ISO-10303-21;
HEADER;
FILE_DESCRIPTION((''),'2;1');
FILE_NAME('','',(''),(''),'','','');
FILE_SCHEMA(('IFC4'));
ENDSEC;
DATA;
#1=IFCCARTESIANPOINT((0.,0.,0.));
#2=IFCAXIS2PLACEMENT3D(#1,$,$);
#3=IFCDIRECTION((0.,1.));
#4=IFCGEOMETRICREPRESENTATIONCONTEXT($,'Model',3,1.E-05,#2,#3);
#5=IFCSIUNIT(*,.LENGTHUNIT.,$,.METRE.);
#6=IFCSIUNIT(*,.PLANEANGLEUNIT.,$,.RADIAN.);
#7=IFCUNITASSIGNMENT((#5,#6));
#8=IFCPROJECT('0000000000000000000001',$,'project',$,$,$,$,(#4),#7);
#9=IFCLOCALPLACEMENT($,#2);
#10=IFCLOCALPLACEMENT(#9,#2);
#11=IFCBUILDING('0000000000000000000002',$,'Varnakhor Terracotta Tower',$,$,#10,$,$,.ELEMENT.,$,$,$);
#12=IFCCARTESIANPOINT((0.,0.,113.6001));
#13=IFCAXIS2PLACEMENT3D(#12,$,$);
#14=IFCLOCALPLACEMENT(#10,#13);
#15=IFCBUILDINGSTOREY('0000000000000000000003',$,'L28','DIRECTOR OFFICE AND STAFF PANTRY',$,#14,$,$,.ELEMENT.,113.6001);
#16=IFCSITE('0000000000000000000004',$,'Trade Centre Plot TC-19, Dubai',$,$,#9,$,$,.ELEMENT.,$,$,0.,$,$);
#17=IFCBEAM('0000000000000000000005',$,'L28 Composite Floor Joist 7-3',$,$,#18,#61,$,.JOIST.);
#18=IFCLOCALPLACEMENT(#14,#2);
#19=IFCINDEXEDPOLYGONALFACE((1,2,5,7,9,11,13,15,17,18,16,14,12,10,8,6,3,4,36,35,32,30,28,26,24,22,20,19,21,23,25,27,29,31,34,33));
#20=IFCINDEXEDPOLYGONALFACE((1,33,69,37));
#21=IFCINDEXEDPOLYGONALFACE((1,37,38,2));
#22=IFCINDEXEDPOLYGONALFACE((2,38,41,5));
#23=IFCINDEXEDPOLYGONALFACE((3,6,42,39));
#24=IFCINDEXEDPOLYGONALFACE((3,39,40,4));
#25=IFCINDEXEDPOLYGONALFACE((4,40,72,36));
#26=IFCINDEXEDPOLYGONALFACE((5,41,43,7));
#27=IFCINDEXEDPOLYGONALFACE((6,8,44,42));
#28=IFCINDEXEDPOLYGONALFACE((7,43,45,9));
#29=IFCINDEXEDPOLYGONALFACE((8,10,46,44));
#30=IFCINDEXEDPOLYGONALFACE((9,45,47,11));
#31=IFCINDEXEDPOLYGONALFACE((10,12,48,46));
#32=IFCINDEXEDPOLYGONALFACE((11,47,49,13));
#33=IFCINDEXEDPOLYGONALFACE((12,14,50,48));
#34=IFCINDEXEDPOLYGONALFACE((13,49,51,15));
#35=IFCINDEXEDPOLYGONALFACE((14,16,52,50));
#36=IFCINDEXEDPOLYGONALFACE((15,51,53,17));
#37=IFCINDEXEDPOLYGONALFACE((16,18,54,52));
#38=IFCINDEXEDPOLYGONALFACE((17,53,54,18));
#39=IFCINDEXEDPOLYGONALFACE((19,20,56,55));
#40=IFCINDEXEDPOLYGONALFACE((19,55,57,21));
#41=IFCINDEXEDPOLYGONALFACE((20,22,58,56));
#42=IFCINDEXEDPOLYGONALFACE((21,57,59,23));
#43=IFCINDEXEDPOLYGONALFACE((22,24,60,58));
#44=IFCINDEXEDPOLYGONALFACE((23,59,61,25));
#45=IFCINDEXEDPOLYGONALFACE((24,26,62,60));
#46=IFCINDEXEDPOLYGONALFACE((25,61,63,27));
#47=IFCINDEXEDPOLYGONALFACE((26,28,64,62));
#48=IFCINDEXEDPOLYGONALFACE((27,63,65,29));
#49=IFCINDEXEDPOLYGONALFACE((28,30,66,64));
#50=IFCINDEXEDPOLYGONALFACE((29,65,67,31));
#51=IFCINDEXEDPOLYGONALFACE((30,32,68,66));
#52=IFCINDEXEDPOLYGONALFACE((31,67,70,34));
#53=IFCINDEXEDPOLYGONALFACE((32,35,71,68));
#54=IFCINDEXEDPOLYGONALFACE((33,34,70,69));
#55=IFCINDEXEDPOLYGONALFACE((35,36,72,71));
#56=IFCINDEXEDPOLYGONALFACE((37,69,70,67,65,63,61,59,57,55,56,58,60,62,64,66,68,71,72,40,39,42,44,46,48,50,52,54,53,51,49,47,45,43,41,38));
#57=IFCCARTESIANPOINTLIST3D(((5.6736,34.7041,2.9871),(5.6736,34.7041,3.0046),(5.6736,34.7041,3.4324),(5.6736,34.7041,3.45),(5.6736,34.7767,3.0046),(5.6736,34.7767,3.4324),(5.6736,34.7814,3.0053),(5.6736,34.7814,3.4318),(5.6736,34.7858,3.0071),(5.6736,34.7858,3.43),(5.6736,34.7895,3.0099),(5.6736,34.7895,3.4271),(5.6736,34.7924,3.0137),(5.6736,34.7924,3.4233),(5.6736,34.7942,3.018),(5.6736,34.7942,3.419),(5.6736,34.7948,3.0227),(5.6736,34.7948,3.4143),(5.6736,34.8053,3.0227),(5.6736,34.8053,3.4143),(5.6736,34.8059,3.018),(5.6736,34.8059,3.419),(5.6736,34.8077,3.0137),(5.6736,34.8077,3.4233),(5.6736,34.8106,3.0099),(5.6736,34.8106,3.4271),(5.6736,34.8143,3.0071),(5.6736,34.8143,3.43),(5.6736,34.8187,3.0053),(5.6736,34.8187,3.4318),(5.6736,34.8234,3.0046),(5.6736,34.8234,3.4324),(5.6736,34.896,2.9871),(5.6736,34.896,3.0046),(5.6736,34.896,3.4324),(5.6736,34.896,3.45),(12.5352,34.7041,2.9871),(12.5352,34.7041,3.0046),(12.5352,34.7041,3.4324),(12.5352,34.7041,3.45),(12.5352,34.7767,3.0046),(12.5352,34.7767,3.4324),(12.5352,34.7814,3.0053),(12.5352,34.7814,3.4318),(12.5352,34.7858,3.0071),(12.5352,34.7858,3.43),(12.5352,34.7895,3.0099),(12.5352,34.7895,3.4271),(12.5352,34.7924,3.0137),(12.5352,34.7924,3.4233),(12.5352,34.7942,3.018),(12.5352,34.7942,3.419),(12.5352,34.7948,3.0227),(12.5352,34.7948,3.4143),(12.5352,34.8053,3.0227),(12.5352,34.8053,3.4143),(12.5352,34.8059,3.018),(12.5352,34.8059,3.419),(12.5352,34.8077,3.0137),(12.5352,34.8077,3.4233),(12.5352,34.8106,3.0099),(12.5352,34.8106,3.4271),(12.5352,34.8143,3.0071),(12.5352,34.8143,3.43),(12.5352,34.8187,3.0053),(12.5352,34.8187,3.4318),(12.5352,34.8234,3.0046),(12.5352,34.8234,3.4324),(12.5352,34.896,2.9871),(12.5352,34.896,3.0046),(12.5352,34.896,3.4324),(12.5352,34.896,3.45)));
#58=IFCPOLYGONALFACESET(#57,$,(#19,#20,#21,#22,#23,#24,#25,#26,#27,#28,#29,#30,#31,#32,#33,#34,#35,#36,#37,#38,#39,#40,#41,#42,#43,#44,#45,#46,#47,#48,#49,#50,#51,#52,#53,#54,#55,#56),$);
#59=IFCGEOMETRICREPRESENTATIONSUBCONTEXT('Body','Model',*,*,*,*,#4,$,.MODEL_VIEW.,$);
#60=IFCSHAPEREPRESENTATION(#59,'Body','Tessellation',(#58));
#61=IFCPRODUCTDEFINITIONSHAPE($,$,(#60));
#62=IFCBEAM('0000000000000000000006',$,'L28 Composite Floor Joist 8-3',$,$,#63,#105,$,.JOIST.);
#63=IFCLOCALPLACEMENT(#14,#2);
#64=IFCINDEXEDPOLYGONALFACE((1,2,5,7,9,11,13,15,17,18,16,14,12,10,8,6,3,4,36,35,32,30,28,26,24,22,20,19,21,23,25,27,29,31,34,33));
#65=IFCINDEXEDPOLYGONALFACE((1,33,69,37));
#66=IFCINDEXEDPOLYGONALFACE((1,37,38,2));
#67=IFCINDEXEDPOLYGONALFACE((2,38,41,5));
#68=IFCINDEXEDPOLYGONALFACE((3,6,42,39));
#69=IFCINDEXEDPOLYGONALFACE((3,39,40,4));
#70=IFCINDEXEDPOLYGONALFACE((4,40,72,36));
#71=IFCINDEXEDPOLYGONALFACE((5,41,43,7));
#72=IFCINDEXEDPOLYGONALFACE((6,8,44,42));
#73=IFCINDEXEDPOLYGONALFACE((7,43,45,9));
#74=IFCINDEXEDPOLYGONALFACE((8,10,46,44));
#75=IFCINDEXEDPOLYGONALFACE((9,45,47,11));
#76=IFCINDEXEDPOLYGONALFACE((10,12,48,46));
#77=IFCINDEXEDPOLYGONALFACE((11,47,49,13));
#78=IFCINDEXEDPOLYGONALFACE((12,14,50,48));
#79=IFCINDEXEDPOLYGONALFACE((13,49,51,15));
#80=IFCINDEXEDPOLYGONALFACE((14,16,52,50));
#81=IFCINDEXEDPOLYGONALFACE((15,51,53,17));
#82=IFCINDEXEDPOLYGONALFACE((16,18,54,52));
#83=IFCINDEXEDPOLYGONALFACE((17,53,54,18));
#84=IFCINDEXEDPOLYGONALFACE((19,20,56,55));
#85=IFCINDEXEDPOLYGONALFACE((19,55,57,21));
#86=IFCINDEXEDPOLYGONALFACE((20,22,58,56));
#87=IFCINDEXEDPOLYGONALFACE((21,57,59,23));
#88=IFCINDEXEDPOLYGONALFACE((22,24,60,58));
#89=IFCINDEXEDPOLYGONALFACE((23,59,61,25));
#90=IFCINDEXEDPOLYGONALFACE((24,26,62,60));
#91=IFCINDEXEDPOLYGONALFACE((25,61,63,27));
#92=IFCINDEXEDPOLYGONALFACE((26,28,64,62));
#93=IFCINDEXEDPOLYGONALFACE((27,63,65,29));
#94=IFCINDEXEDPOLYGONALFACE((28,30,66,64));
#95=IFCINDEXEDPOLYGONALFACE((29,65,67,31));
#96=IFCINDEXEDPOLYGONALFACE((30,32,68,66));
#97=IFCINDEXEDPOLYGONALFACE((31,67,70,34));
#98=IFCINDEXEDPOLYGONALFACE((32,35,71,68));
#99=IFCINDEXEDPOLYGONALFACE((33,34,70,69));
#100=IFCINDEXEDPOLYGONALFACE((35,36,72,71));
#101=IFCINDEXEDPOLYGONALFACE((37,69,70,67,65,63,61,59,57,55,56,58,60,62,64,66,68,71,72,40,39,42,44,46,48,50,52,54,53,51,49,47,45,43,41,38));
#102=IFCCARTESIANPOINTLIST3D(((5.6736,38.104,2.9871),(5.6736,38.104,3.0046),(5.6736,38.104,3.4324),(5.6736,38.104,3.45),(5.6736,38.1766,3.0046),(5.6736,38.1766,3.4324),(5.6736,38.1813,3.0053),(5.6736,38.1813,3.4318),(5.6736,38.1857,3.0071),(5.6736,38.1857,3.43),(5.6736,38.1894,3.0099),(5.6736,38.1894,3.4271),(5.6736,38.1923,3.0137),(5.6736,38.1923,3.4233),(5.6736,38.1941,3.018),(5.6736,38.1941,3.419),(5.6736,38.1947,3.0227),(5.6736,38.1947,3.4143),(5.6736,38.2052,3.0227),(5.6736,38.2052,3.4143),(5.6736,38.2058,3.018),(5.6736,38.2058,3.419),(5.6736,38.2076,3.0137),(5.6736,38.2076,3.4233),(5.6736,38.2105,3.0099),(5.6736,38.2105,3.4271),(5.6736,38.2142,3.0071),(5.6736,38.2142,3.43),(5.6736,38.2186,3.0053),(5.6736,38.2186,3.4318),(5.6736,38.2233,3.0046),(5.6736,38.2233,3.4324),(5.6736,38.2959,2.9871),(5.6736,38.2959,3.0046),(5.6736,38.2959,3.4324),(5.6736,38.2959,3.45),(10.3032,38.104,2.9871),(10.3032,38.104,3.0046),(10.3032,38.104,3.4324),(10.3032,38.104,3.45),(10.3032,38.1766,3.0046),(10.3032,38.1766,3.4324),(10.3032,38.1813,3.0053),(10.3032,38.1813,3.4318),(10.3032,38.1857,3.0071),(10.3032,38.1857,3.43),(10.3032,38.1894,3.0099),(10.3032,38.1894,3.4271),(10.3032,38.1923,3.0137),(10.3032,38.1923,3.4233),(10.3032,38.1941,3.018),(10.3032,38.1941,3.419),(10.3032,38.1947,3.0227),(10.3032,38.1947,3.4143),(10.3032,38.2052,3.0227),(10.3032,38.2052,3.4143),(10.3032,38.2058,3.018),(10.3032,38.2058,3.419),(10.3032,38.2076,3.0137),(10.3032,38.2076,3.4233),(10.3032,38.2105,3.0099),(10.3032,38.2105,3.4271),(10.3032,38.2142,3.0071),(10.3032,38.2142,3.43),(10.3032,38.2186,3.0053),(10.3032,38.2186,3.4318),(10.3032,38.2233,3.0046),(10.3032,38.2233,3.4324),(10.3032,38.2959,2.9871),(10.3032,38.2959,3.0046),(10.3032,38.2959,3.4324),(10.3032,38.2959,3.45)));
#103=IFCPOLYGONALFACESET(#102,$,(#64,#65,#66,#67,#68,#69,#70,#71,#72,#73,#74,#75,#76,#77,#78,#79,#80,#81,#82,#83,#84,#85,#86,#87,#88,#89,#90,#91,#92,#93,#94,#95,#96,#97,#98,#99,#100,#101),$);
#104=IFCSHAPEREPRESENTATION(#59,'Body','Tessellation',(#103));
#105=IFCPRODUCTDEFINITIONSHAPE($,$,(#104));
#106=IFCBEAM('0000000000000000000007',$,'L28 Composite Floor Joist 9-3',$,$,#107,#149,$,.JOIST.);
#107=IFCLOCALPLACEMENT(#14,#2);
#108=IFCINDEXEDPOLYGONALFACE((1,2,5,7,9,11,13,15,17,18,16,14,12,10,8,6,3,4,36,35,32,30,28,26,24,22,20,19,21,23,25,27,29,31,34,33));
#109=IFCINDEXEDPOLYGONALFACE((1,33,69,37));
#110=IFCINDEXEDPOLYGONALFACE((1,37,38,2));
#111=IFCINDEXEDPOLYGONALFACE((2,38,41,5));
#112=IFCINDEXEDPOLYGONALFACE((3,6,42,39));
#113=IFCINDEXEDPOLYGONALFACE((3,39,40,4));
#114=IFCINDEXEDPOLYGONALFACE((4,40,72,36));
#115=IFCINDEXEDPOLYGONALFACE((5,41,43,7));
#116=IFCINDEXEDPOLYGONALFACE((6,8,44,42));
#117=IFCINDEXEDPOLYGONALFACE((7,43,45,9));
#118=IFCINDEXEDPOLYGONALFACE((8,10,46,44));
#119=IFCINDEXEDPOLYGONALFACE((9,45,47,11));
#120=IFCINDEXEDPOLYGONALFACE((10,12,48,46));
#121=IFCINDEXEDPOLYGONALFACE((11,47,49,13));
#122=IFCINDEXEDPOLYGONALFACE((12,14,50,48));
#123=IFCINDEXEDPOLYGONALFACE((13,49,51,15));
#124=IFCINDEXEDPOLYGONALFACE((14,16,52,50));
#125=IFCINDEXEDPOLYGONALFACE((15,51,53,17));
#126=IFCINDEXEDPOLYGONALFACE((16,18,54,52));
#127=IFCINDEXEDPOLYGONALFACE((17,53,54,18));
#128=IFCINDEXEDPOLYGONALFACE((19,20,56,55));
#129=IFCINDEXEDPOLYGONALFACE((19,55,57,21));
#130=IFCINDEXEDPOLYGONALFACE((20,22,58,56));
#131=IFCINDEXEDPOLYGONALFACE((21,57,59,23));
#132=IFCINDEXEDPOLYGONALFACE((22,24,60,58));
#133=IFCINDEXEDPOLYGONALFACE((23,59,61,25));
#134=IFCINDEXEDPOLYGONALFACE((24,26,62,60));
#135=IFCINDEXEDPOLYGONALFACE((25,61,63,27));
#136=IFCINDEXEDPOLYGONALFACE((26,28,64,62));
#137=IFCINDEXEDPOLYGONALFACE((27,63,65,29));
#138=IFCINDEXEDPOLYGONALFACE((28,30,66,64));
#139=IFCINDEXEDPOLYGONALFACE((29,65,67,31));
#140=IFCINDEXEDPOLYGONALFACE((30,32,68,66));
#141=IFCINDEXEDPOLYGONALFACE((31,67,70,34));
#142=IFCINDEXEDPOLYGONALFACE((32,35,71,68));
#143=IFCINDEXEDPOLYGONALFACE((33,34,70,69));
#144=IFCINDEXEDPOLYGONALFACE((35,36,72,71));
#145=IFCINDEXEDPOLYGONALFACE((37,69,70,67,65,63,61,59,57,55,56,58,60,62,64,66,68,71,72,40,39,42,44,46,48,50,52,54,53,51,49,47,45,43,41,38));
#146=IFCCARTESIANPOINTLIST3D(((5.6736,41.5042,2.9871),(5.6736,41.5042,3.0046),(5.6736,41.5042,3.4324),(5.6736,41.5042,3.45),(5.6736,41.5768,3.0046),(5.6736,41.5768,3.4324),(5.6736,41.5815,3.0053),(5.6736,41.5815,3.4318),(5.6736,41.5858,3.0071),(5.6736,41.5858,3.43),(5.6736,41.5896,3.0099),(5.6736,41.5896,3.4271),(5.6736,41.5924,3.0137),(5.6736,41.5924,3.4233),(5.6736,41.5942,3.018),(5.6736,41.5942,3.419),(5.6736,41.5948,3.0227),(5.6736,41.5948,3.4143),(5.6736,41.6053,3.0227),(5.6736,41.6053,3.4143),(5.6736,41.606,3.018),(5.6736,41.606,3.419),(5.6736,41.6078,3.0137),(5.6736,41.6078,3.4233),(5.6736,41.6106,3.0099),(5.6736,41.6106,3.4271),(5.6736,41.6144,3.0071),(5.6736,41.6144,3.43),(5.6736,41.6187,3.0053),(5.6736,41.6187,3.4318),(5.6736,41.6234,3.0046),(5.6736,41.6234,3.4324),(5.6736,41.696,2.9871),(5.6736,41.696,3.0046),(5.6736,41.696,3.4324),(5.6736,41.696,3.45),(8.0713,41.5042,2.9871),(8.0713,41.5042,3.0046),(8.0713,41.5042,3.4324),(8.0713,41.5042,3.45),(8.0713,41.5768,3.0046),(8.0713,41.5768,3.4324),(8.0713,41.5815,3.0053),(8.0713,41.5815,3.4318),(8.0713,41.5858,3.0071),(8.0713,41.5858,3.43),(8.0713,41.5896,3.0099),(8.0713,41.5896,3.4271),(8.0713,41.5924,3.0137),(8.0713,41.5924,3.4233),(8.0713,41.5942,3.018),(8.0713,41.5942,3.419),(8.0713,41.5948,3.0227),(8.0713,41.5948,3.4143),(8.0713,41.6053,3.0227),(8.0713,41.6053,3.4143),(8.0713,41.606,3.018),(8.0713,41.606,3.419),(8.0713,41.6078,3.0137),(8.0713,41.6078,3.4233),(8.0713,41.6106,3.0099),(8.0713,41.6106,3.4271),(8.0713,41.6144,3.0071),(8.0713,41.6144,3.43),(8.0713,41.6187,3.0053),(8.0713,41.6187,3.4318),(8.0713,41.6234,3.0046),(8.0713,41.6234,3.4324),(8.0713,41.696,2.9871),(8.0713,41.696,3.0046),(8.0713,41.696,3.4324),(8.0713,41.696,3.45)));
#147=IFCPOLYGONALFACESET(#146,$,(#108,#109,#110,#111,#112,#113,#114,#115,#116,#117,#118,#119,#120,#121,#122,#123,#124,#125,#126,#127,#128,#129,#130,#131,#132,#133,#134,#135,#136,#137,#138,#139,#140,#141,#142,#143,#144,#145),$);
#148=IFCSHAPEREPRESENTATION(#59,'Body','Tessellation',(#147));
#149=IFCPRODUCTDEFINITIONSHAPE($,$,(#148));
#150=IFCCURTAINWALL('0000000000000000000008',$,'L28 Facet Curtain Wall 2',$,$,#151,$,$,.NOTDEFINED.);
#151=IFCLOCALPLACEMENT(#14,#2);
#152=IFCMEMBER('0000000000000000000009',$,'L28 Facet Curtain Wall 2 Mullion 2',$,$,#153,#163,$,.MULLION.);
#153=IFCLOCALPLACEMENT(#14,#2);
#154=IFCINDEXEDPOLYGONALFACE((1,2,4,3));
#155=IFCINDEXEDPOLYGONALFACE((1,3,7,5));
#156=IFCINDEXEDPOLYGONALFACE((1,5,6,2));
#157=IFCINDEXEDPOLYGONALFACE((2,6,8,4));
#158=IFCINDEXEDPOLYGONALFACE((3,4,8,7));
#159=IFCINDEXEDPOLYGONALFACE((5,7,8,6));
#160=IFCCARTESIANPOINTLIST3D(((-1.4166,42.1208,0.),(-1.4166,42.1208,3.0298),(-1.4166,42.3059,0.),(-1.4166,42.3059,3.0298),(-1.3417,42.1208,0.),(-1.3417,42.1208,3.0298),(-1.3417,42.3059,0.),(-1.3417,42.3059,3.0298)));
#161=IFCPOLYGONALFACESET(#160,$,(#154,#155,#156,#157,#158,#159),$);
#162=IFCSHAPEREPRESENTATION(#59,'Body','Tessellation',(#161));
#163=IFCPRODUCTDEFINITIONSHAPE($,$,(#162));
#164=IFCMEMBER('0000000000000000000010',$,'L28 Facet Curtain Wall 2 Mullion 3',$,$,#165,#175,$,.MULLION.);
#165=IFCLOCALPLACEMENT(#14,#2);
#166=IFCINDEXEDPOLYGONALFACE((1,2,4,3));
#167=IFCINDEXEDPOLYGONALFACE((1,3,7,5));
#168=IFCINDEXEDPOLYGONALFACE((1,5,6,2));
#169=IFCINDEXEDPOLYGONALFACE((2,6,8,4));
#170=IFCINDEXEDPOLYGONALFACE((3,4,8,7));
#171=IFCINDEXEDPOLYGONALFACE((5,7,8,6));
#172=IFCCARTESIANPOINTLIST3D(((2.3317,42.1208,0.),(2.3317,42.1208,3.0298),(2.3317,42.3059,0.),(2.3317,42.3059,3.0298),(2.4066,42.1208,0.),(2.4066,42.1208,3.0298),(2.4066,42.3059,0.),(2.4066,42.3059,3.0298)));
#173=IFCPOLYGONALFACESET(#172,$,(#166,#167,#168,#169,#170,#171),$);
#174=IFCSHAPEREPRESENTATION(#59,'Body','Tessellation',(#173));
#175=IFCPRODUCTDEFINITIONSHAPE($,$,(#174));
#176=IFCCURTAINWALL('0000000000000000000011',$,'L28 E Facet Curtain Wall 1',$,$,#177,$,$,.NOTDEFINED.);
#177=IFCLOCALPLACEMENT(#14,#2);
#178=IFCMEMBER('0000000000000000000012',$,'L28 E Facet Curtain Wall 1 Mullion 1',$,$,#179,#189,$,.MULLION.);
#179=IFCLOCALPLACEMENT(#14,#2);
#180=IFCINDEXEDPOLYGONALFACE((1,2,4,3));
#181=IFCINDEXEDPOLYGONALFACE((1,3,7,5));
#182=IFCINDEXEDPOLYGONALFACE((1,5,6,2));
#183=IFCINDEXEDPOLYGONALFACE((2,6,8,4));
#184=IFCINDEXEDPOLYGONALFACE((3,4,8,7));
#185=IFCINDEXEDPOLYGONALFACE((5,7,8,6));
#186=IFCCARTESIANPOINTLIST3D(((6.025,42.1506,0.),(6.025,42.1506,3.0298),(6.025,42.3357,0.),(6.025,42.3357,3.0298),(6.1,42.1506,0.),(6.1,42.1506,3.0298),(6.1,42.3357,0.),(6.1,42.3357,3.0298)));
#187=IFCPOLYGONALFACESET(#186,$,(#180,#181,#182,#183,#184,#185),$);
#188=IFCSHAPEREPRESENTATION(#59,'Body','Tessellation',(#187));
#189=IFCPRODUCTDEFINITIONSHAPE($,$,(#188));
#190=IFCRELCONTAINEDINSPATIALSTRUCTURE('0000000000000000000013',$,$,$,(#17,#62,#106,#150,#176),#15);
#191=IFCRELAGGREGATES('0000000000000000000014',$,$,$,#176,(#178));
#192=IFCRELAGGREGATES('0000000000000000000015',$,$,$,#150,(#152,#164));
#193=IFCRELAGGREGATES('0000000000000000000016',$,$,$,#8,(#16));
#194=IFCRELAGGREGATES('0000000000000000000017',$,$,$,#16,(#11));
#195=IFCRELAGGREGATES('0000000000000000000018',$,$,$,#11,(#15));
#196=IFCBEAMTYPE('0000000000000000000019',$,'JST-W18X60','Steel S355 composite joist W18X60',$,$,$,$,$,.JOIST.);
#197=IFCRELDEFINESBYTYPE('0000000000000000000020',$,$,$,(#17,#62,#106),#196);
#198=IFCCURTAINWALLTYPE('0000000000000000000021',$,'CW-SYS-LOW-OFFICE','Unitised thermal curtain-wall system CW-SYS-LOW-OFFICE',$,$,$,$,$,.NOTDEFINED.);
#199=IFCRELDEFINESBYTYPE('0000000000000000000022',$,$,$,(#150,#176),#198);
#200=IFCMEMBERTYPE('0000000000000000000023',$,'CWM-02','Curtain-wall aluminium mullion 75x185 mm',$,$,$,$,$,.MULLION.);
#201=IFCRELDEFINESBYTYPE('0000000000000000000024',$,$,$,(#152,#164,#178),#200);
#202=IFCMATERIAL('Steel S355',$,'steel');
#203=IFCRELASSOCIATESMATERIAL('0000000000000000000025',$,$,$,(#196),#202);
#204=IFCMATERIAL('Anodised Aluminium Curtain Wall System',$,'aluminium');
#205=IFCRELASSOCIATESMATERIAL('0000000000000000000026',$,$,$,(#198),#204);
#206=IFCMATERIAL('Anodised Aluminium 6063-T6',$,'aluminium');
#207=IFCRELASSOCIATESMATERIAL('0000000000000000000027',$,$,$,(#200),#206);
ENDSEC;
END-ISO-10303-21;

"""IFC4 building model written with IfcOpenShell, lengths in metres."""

from ifc_helpers import new_model, si_unit, direction, frame, origin, origin_2d, place, context, subcontext, project, spatial, rectangle, i_section, extrude, source, transform, mapped, material, material_profile, profile_set, type_object, element, aggregate, save


model = new_model("IFC4")

# Units and contexts
model_context = context("Model", 3, precision=1e-05, world=origin(), true_north=direction((0.0, 1.0)))
body_context = subcontext(model_context, "Body", "Model", "MODEL_VIEW")
ifc_project = project(units=[si_unit("LENGTHUNIT", "METRE"), si_unit("PLANEANGLEUNIT", "RADIAN")], contexts=[model_context])

# Site, building, storey
site_placement = place(None, origin())
site = spatial("IfcSite", under=ifc_project, at=site_placement, Name="Trade Centre Plot TC-19, Dubai", CompositionType="ELEMENT", RefElevation=0.0)
building_placement = place(site_placement, origin())
building = spatial("IfcBuilding", under=site, at=building_placement, Name="Varnakhor Terracotta Tower", CompositionType="ELEMENT")
storey_placement = place(building_placement, frame((0.0, 0.0, 113.6001)))
storey = spatial("IfcBuildingStorey", under=building, at=storey_placement, Name="L28", Description="DIRECTOR OFFICE AND STAFF PANTRY", CompositionType="ELEMENT", Elevation=113.6001)

# Beams
ifc_material_1 = material(Name="Steel S355", Category="steel")
ifc_material_profile_1 = material_profile(ifc_material_1, i_section(OverallWidth=0.1919, OverallDepth=0.4629, WebThickness=0.0105, FlangeThickness=0.0176, FilletRadius=0.0181, at=origin_2d()), Name="W18X60")
ifc_profile_set_1 = profile_set([ifc_material_profile_1], Name="Steel S355")
beam_type_1 = type_object("IfcBeamType", Name="JST-W18X60", Description="Steel S355 composite joist W18X60", PredefinedType="JOIST", material=ifc_profile_set_1)
shared_shape_1 = source(origin(), body_context, "Body", "SweptSolid", [
    extrude(i_section(OverallWidth=0.1919, OverallDepth=0.4629, WebThickness=0.0105, FlangeThickness=0.0176, FilletRadius=0.0181, at=origin_2d()), origin(), (0.0, 0.0, 1.0), 6.8616),
])
beam_1_placement = place(storey_placement, frame((5.6736, 34.8, 3.2185), z_axis=(1.0, 0.0, 0.0), x_axis=(0.0, 1.0, 0.0)))
element("IfcBeam", 1, at=beam_1_placement, inside=storey, type_object=beam_type_1, Name="L28 Composite Floor Joist 7-3", PredefinedType="JOIST", context=body_context, shape_type="MappedRepresentation", body=[
    mapped(shared_shape_1, transform((0.0, 0.0, 0.0), scale=1.0)),
])
shared_shape_2 = source(origin(), body_context, "Body", "SweptSolid", [
    extrude(i_section(OverallWidth=0.1919, OverallDepth=0.4629, WebThickness=0.0105, FlangeThickness=0.0176, FilletRadius=0.0181, at=origin_2d()), origin(), (0.0, 0.0, 1.0), 4.6296),
])
beam_2_placement = place(storey_placement, frame((5.6736, 38.2, 3.2185), z_axis=(1.0, 0.0, 0.0), x_axis=(0.0, 1.0, 0.0)))
element("IfcBeam", 2, at=beam_2_placement, inside=storey, type_object=beam_type_1, Name="L28 Composite Floor Joist 8-3", PredefinedType="JOIST", context=body_context, shape_type="MappedRepresentation", body=[
    mapped(shared_shape_2, transform((0.0, 0.0, 0.0), scale=1.0)),
])
shared_shape_3 = source(origin(), body_context, "Body", "SweptSolid", [
    extrude(i_section(OverallWidth=0.1919, OverallDepth=0.4629, WebThickness=0.0105, FlangeThickness=0.0176, FilletRadius=0.0181, at=origin_2d()), origin(), (0.0, 0.0, 1.0), 2.3977),
])
beam_3_placement = place(storey_placement, frame((5.6736, 41.6001, 3.2185), z_axis=(1.0, 0.0, 0.0), x_axis=(0.0, 1.0, 0.0)))
element("IfcBeam", 3, at=beam_3_placement, inside=storey, type_object=beam_type_1, Name="L28 Composite Floor Joist 9-3", PredefinedType="JOIST", context=body_context, shape_type="MappedRepresentation", body=[
    mapped(shared_shape_3, transform((0.0, 0.0, 0.0), scale=1.0)),
])

# Curtain walls, members
ifc_material_2 = material(Name="Anodised Aluminium Curtain Wall System", Category="aluminium")
curtain_wall_type = type_object("IfcCurtainWallType", Name="CW-SYS-LOW-OFFICE", Description="Unitised thermal curtain-wall system CW-SYS-LOW-OFFICE", PredefinedType="NOTDEFINED", material=ifc_material_2)
curtain_wall_1_placement = place(storey_placement, origin())
curtain_wall_1 = element("IfcCurtainWall", 4, at=curtain_wall_1_placement, inside=storey, type_object=curtain_wall_type, Name="L28 Facet Curtain Wall 2", PredefinedType="NOTDEFINED")
ifc_material_3 = material(Name="Anodised Aluminium 6063-T6", Category="aluminium")
ifc_material_profile_2 = material_profile(ifc_material_3, rectangle(XDim=0.075, YDim=0.1851, at=origin_2d()), Name="ALU MULLION 75x185")
ifc_profile_set_2 = profile_set([ifc_material_profile_2], Name="Anodised Aluminium 6063-T6")
member_type_1 = type_object("IfcMemberType", Name="CWM-02", Description="Curtain-wall aluminium mullion 75x185 mm", PredefinedType="MULLION", material=ifc_profile_set_2)
shared_shape_4 = source(origin(), body_context, "Body", "SweptSolid", [
    extrude(rectangle(XDim=0.075, YDim=0.1851, at=origin_2d()), origin(), (0.0, 0.0, 1.0), 3.0298),
])
member_1_placement = place(storey_placement, frame((-1.3792, 42.2134, 0.0), z_axis=(0.0, 0.0, 1.0), x_axis=(1.0, 0.0, 0.0)))
member_1 = element("IfcMember", 5, at=member_1_placement, type_object=member_type_1, Name="L28 Facet Curtain Wall 2 Mullion 2", PredefinedType="MULLION", context=body_context, shape_type="MappedRepresentation", body=[
    mapped(shared_shape_4, transform((0.0, 0.0, 0.0), scale=1.0)),
])
member_2_placement = place(storey_placement, frame((2.3691, 42.2134, 0.0), z_axis=(0.0, 0.0, 1.0), x_axis=(1.0, 0.0, 0.0)))
member_2 = element("IfcMember", 6, at=member_2_placement, type_object=member_type_1, Name="L28 Facet Curtain Wall 2 Mullion 3", PredefinedType="MULLION", context=body_context, shape_type="MappedRepresentation", body=[
    mapped(shared_shape_4, transform((0.0, 0.0, 0.0), scale=1.0)),
])
curtain_wall_2_placement = place(storey_placement, origin())
curtain_wall_2 = element("IfcCurtainWall", 7, at=curtain_wall_2_placement, inside=storey, type_object=curtain_wall_type, Name="L28 E Facet Curtain Wall 1", PredefinedType="NOTDEFINED")
member_3_placement = place(storey_placement, frame((6.0625, 42.2432, 0.0), z_axis=(0.0, 0.0, 1.0), x_axis=(1.0, 0.0, 0.0)))
member_3 = element("IfcMember", 8, at=member_3_placement, type_object=member_type_1, Name="L28 E Facet Curtain Wall 1 Mullion 1", PredefinedType="MULLION", context=body_context, shape_type="MappedRepresentation", body=[
    mapped(shared_shape_4, transform((0.0, 0.0, 0.0), scale=1.0)),
])

aggregate(curtain_wall_2, [member_3])
aggregate(curtain_wall_1, [member_1, member_2])

save(model, "model.ifc")
